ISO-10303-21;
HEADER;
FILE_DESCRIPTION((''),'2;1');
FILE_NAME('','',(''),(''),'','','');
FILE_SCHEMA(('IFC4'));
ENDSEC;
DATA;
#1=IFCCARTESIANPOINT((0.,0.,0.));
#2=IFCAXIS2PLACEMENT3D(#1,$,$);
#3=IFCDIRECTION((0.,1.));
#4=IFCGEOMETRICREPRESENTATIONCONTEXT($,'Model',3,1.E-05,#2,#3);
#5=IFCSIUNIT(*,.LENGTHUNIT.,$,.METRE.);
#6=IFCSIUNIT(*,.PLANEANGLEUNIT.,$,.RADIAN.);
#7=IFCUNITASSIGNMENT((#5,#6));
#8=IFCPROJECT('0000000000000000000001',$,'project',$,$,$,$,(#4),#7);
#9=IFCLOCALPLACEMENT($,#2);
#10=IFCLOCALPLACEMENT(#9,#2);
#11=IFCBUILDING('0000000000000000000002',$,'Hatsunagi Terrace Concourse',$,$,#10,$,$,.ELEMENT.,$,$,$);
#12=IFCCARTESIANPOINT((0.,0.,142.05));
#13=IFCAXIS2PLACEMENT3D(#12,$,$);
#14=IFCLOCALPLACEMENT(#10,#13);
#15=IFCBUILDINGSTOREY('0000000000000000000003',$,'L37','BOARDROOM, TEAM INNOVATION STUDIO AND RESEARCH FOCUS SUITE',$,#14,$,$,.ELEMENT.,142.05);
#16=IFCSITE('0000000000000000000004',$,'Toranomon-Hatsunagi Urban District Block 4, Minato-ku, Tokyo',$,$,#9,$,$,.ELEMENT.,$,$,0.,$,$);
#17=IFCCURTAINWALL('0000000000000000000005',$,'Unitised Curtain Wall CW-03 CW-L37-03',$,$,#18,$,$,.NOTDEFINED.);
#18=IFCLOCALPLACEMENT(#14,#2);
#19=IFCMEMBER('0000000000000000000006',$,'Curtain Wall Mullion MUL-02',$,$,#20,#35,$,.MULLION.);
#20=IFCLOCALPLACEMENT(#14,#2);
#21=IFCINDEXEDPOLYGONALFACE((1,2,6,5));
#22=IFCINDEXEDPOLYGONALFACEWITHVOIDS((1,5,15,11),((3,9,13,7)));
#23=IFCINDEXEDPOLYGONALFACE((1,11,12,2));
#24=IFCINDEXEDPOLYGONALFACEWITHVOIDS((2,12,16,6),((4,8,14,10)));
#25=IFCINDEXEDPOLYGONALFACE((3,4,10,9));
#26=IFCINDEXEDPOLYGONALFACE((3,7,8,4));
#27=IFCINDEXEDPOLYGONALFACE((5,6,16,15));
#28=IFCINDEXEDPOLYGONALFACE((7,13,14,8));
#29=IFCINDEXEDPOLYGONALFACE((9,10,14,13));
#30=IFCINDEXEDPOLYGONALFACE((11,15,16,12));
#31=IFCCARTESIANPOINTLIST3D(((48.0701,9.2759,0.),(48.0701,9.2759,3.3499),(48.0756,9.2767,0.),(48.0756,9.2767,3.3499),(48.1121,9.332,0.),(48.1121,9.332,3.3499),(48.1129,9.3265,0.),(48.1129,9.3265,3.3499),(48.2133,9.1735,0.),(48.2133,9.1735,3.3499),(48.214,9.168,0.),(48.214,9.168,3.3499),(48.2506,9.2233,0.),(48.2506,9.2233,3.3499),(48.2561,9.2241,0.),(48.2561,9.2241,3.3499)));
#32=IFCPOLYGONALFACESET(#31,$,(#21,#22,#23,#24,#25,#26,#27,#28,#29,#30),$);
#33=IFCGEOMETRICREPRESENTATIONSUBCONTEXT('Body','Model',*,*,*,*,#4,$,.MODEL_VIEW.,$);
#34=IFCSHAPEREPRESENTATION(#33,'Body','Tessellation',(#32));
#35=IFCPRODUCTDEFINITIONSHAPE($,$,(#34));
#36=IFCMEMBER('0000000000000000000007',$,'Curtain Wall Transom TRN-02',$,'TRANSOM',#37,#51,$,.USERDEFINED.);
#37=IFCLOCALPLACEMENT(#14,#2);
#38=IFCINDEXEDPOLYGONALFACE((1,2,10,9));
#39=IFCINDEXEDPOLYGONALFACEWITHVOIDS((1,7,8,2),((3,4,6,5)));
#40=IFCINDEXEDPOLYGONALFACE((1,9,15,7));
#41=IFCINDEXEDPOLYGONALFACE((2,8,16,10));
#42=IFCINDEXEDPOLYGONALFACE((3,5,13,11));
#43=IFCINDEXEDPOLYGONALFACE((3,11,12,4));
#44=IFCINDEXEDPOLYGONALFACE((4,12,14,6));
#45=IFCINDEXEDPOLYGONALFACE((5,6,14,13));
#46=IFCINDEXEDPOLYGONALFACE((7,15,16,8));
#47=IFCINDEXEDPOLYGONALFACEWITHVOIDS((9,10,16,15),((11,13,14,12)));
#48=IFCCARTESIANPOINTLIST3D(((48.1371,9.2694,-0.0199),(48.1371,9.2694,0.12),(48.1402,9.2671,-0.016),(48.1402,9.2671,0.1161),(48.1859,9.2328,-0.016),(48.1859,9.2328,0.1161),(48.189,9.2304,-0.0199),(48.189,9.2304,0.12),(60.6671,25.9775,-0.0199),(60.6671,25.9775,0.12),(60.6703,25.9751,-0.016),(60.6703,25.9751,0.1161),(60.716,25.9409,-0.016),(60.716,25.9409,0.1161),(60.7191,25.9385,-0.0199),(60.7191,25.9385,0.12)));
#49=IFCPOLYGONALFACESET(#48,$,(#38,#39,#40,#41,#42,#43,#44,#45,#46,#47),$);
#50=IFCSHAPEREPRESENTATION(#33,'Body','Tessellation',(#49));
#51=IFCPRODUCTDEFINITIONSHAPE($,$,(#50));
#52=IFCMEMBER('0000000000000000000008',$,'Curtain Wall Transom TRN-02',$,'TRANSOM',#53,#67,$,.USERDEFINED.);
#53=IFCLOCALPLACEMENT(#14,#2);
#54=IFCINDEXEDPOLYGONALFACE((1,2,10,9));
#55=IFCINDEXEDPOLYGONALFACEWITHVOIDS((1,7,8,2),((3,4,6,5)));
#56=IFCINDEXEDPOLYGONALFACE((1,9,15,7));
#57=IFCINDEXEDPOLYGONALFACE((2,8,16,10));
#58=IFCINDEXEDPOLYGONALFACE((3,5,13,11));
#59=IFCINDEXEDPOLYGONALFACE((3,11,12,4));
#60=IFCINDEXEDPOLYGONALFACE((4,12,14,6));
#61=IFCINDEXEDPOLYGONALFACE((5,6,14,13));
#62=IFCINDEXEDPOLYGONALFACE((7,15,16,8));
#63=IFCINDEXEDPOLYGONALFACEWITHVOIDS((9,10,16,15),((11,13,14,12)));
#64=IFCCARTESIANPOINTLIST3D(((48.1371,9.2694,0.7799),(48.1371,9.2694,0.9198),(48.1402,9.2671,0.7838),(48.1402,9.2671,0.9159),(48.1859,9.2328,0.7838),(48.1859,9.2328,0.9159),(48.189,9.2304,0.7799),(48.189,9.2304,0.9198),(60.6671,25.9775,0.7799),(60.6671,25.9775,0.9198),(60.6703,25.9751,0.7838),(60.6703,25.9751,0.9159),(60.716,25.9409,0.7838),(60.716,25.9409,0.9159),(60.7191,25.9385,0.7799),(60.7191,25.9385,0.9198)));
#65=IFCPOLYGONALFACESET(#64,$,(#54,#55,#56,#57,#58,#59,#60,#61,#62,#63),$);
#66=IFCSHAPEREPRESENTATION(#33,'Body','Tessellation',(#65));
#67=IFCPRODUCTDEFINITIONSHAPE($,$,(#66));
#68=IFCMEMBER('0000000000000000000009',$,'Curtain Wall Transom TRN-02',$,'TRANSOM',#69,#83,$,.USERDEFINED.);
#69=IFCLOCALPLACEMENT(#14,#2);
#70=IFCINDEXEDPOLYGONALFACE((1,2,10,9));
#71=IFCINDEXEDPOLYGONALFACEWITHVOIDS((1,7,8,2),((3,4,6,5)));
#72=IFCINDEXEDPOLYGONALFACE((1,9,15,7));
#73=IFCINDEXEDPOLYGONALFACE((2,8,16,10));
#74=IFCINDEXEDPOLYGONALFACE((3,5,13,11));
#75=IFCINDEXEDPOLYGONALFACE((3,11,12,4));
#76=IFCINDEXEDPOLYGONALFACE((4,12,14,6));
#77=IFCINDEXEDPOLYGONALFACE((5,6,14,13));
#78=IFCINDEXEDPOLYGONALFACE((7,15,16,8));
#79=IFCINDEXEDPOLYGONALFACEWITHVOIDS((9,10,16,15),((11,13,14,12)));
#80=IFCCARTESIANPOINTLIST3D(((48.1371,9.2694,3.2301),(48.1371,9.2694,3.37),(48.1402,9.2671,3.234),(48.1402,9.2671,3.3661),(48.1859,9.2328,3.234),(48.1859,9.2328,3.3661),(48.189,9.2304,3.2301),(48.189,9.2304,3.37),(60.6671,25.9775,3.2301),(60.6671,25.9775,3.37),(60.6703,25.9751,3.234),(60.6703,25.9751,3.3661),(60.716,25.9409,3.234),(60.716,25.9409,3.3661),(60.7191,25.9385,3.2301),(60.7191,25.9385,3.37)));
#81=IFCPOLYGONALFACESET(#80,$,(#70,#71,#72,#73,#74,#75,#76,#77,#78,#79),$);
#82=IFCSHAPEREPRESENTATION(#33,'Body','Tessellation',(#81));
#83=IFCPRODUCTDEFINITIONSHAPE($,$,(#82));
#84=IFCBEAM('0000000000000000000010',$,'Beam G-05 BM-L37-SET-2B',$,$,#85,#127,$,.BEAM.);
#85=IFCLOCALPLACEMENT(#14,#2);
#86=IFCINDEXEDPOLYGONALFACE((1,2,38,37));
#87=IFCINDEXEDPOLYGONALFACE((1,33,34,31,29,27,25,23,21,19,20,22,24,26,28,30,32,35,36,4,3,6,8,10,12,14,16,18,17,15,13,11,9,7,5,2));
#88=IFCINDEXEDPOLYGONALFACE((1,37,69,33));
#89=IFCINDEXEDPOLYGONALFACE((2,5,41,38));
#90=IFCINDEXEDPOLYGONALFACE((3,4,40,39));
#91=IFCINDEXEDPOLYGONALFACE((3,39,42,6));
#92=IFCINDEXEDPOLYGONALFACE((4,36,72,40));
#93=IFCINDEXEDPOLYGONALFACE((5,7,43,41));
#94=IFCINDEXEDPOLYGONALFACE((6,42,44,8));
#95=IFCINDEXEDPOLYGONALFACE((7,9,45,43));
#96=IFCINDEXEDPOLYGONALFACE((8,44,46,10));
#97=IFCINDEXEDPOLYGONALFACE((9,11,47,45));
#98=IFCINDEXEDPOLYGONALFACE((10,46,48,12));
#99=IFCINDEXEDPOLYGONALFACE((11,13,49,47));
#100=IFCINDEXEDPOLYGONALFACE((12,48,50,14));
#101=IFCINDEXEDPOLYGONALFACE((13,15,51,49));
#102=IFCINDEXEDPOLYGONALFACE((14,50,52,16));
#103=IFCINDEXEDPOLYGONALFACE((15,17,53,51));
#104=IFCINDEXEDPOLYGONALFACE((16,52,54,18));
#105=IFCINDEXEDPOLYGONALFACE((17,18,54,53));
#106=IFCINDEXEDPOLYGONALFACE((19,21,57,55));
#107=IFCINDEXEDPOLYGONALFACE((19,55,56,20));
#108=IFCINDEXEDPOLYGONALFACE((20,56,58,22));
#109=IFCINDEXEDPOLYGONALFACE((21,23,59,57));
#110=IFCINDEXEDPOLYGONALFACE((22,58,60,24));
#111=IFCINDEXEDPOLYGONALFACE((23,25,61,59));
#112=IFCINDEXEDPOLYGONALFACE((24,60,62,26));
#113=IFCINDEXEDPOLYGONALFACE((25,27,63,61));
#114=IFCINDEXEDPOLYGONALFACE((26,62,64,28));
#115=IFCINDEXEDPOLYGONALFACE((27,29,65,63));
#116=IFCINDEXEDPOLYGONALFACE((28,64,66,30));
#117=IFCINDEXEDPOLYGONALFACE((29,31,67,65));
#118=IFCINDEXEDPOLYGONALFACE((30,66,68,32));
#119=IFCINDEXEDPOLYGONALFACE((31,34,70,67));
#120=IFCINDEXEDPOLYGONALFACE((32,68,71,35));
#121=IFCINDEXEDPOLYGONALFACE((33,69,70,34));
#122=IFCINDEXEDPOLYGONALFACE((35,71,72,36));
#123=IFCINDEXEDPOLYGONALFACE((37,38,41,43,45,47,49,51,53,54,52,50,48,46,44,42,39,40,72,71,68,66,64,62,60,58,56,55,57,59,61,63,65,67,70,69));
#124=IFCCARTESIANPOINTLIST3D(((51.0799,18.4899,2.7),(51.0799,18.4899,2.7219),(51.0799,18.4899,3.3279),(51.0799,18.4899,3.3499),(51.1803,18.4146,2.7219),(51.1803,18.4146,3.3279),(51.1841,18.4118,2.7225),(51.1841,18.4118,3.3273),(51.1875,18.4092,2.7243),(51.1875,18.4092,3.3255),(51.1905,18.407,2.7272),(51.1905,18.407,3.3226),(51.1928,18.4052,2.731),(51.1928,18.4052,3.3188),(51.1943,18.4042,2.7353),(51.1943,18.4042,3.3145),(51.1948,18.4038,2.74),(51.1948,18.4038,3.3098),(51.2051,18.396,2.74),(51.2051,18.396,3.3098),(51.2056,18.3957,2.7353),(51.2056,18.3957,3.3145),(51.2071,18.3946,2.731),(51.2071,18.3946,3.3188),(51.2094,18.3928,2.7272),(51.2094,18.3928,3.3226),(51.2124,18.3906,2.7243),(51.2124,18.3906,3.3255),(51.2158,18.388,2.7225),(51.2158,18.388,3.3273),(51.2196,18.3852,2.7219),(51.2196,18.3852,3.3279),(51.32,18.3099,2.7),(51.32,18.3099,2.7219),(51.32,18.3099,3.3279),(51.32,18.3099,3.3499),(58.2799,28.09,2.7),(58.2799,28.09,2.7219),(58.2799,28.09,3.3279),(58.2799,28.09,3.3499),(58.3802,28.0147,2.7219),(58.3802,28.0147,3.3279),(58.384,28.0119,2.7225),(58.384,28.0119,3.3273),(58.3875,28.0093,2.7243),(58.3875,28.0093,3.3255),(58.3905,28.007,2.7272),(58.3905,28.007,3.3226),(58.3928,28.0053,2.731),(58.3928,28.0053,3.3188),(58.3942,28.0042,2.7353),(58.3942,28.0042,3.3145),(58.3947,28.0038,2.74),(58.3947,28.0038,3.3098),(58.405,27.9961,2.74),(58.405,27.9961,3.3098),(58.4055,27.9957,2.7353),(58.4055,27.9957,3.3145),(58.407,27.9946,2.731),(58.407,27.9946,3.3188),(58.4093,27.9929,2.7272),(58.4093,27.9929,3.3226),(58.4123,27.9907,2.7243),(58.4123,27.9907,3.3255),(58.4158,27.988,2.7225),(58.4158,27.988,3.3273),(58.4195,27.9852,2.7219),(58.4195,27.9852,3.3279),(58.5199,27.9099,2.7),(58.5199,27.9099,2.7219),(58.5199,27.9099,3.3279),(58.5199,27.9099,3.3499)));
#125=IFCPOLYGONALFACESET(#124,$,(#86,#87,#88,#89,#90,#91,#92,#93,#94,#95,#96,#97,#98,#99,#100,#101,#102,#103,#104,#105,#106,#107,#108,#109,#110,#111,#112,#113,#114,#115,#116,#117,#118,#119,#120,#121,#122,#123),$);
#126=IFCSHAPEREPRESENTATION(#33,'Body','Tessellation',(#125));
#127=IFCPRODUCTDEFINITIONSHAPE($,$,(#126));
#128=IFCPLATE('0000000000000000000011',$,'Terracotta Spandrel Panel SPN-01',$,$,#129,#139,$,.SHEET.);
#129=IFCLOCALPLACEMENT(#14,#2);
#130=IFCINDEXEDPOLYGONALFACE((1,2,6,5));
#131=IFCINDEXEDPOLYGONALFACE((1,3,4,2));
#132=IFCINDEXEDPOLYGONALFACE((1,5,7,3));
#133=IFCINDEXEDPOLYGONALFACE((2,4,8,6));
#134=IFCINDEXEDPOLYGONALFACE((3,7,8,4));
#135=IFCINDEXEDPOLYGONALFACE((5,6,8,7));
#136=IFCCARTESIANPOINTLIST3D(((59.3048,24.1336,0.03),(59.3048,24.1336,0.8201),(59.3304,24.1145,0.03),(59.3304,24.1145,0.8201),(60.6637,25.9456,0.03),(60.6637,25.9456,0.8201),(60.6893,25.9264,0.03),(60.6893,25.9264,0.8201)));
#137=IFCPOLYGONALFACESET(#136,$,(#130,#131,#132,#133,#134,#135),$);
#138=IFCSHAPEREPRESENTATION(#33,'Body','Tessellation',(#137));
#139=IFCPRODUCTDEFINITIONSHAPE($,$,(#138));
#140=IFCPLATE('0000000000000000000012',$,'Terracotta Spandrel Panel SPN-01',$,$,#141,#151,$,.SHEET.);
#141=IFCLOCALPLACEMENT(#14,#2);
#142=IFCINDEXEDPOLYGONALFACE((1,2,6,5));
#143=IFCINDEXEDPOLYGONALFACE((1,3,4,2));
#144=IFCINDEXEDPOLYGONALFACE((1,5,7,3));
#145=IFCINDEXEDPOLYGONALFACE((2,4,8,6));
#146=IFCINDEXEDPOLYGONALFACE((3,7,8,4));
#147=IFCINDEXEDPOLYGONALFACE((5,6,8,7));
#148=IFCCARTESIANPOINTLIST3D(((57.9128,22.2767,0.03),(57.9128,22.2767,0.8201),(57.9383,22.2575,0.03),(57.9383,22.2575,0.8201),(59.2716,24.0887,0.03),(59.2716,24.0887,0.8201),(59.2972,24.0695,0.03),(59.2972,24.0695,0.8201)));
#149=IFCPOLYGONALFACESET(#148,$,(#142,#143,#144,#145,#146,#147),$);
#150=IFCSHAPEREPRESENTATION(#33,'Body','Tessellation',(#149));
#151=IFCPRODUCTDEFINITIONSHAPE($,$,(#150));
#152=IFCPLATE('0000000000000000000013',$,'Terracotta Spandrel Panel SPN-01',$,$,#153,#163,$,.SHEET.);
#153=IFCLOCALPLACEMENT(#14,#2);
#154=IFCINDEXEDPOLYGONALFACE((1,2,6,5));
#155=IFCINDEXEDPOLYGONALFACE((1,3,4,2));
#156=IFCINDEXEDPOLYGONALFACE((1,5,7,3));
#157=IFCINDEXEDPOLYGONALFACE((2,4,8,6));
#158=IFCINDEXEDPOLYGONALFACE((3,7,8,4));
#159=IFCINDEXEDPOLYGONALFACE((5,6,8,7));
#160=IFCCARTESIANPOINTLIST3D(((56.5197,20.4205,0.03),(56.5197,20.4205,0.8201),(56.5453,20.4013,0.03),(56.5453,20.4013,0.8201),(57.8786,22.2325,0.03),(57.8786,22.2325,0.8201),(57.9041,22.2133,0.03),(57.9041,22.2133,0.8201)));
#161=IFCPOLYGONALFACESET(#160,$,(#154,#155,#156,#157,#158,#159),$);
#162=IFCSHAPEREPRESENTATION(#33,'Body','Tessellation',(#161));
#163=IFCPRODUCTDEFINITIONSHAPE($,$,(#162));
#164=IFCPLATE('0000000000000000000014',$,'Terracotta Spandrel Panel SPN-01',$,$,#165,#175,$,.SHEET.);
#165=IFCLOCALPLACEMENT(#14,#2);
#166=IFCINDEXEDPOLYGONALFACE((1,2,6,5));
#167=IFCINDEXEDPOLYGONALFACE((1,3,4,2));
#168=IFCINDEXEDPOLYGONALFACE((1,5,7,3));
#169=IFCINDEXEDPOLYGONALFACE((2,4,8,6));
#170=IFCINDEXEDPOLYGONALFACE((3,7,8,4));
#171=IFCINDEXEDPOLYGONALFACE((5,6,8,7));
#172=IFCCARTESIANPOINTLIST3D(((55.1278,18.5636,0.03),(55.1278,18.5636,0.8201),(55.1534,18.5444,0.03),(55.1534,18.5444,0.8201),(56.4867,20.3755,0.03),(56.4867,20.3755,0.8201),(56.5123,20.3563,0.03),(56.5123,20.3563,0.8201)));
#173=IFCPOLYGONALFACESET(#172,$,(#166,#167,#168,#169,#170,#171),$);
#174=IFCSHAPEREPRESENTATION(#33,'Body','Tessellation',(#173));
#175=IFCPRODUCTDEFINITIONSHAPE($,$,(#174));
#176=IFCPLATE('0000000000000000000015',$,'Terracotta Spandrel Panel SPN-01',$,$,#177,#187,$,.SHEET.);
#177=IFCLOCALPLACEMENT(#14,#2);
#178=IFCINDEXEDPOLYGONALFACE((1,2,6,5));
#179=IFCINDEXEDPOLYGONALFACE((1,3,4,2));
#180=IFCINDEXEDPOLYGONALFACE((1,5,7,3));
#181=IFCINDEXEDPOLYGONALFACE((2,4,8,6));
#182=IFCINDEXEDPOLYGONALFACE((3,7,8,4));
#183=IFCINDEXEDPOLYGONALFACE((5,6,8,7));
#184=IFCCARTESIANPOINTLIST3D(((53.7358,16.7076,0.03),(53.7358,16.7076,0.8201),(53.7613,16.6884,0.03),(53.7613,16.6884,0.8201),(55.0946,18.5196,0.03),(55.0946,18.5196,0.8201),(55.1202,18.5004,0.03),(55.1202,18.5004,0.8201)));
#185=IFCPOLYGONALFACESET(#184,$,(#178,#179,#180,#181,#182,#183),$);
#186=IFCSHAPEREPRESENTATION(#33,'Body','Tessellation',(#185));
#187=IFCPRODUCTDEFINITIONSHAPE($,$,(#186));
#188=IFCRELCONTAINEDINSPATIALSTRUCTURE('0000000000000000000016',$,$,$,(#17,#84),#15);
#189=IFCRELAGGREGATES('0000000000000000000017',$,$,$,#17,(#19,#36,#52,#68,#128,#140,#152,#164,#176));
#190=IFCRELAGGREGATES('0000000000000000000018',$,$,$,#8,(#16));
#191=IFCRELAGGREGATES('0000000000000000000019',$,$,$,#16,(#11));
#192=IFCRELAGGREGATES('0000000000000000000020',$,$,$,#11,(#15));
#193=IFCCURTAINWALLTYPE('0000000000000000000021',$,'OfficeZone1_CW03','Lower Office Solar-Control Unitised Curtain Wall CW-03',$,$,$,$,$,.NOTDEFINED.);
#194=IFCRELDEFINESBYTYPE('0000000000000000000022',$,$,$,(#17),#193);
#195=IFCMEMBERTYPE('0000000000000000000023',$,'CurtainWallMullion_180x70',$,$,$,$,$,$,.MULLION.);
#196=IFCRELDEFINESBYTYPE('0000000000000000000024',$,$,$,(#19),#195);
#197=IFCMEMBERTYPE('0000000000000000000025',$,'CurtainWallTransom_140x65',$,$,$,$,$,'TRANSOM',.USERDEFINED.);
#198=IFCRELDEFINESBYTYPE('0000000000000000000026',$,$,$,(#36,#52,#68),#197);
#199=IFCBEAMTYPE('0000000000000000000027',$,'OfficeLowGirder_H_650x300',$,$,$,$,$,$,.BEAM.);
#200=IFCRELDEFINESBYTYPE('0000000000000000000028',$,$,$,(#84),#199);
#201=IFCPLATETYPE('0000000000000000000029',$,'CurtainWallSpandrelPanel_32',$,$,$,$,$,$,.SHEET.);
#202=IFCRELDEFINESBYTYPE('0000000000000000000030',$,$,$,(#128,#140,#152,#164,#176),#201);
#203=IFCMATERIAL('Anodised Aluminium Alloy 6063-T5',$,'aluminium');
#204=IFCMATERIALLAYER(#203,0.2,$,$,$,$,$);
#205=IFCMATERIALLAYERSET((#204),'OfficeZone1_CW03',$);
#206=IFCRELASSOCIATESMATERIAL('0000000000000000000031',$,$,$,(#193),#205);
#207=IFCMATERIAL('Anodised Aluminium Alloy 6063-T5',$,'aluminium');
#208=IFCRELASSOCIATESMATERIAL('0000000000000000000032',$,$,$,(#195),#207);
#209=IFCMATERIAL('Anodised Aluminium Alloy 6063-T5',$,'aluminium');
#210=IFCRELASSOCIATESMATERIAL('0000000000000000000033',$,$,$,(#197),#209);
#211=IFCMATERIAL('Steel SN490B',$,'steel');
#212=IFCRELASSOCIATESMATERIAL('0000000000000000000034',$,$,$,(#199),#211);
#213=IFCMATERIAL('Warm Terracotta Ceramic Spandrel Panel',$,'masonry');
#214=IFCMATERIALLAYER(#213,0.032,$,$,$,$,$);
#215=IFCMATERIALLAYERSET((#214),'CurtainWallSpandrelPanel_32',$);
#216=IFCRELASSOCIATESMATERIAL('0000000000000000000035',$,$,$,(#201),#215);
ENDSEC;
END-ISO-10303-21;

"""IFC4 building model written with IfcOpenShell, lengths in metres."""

from ifc_helpers import new_model, si_unit, direction, frame, origin, origin_2d, place, context, subcontext, project, spatial, rectangle, hollow_rectangle, i_section, extrude, material, layer, layer_set, material_profile, profile_set, type_object, element, aggregate, save


model = new_model("IFC4")

# Units and contexts
model_context = context("Model", 3, precision=1e-05, world=origin(), true_north=direction((0.0, 1.0)))
body_context = subcontext(model_context, "Body", "Model", "MODEL_VIEW")
ifc_project = project(units=[si_unit("LENGTHUNIT", "METRE"), si_unit("PLANEANGLEUNIT", "RADIAN")], contexts=[model_context])

# Site, building, storey
site_placement = place(None, origin())
site = spatial("IfcSite", under=ifc_project, at=site_placement, Name="Toranomon-Hatsunagi Urban District Block 4, Minato-ku, Tokyo", CompositionType="ELEMENT", RefElevation=0.0)
building_placement = place(site_placement, origin())
building = spatial("IfcBuilding", under=site, at=building_placement, Name="Hatsunagi Terrace Concourse", CompositionType="ELEMENT")
storey_placement = place(building_placement, frame((0.0, 0.0, 142.05)))
storey = spatial("IfcBuildingStorey", under=building, at=storey_placement, Name="L37", Description="BOARDROOM, TEAM INNOVATION STUDIO AND RESEARCH FOCUS SUITE", CompositionType="ELEMENT", Elevation=142.05)

# Curtain wall, members
ifc_material_1 = material(Name="Anodised Aluminium Alloy 6063-T5", Category="aluminium")
ifc_layer_1 = layer(ifc_material_1, 0.2)
ifc_layer_set_1 = layer_set([ifc_layer_1], Name="OfficeZone1_CW03")
curtain_wall_type = type_object("IfcCurtainWallType", Name="OfficeZone1_CW03", Description="Lower Office Solar-Control Unitised Curtain Wall CW-03", PredefinedType="NOTDEFINED", material=ifc_layer_set_1)
curtain_wall_placement = place(storey_placement, origin())
curtain_wall = element("IfcCurtainWall", 1, at=curtain_wall_placement, inside=storey, type_object=curtain_wall_type, Name="Unitised Curtain Wall CW-03 CW-L37-03", PredefinedType="NOTDEFINED")
ifc_material_2 = material(Name="Anodised Aluminium Alloy 6063-T5", Category="aluminium")
ifc_material_profile_1 = material_profile(ifc_material_2, hollow_rectangle(XDim=0.0701, YDim=0.1799, WallThickness=0.0039, at=origin_2d()), Name="ALU-MUL-180x70x4")
ifc_profile_set_1 = profile_set([ifc_material_profile_1], Name="Anodised Aluminium Alloy 6063-T5")
member_type_1 = type_object("IfcMemberType", Name="CurtainWallMullion_180x70", PredefinedType="MULLION", material=ifc_profile_set_1)
member_1_placement = place(storey_placement, frame((48.1631, 9.25, 0.0), z_axis=(0.0, 0.0, 1.0), x_axis=(-0.599969, -0.800023, 0.0)))
member_1 = element("IfcMember", 2, at=member_1_placement, type_object=member_type_1, Name="Curtain Wall Mullion MUL-02", PredefinedType="MULLION", context=body_context, shape_type="SweptSolid", body=[
    extrude(hollow_rectangle(XDim=0.0701, YDim=0.1799, WallThickness=0.0039, at=origin_2d()), origin(), (0.0, 0.0, 1.0), 3.3499),
])
ifc_material_3 = material(Name="Anodised Aluminium Alloy 6063-T5", Category="aluminium")
ifc_material_profile_2 = material_profile(ifc_material_3, hollow_rectangle(XDim=0.0649, YDim=0.1399, WallThickness=0.0039, at=origin_2d()), Name="ALU-TRN-140x65x4")
ifc_profile_set_2 = profile_set([ifc_material_profile_2], Name="Anodised Aluminium Alloy 6063-T5")
member_type_2 = type_object("IfcMemberType", Name="CurtainWallTransom_140x65", ElementType="TRANSOM", PredefinedType="USERDEFINED", material=ifc_profile_set_2)
member_2_placement = place(storey_placement, frame((60.6931, 25.958, 0.05), z_axis=(-0.59997, -0.800022, 0.0), x_axis=(0.800022, -0.59997, 0.0)))
member_2 = element("IfcMember", 3, at=member_2_placement, type_object=member_type_2, Name="Curtain Wall Transom TRN-02", ObjectType="TRANSOM", PredefinedType="USERDEFINED", context=body_context, shape_type="SweptSolid", body=[
    extrude(hollow_rectangle(XDim=0.0649, YDim=0.1399, WallThickness=0.0039, at=origin_2d()), origin(), (0.0, 0.0, 1.0), 20.8845),
])
member_3_placement = place(storey_placement, frame((60.6931, 25.958, 0.8499), z_axis=(-0.59997, -0.800022, 0.0), x_axis=(0.800022, -0.59997, 0.0)))
member_3 = element("IfcMember", 4, at=member_3_placement, type_object=member_type_2, Name="Curtain Wall Transom TRN-02", ObjectType="TRANSOM", PredefinedType="USERDEFINED", context=body_context, shape_type="SweptSolid", body=[
    extrude(hollow_rectangle(XDim=0.0649, YDim=0.1399, WallThickness=0.0039, at=origin_2d()), origin(), (0.0, 0.0, 1.0), 20.8845),
])
member_4_placement = place(storey_placement, frame((60.6931, 25.958, 3.3), z_axis=(-0.59997, -0.800022, 0.0), x_axis=(0.800022, -0.59997, 0.0)))
member_4 = element("IfcMember", 5, at=member_4_placement, type_object=member_type_2, Name="Curtain Wall Transom TRN-02", ObjectType="TRANSOM", PredefinedType="USERDEFINED", context=body_context, shape_type="SweptSolid", body=[
    extrude(hollow_rectangle(XDim=0.0649, YDim=0.1399, WallThickness=0.0039, at=origin_2d()), origin(), (0.0, 0.0, 1.0), 20.8845),
])

# Beam
ifc_material_4 = material(Name="Steel SN490B", Category="steel")
ifc_material_profile_3 = material_profile(ifc_material_4, i_section(OverallWidth=0.3, OverallDepth=0.6499, WebThickness=0.0129, FlangeThickness=0.022, FilletRadius=0.0181, at=origin_2d()), Name="H-650x300x13x22")
ifc_profile_set_3 = profile_set([ifc_material_profile_3], Name="Steel SN490B")
beam_type = type_object("IfcBeamType", Name="OfficeLowGirder_H_650x300", PredefinedType="BEAM", material=ifc_profile_set_3)
beam_placement = place(storey_placement, frame((51.2, 18.3999, 3.0249), z_axis=(0.599993, 0.800005, 0.0), x_axis=(-0.800005, 0.599993, 0.0)))
element("IfcBeam", 6, at=beam_placement, inside=storey, type_object=beam_type, Name="Beam G-05 BM-L37-SET-2B", PredefinedType="BEAM", context=body_context, shape_type="SweptSolid", body=[
    extrude(i_section(OverallWidth=0.3, OverallDepth=0.6499, WebThickness=0.0129, FlangeThickness=0.022, FilletRadius=0.0181, at=origin_2d()), origin(), (0.0, 0.0, 1.0), 12.0),
])

# Plates
ifc_material_5 = material(Name="Warm Terracotta Ceramic Spandrel Panel", Category="masonry")
ifc_layer_2 = layer(ifc_material_5, 0.032)
ifc_layer_set_2 = layer_set([ifc_layer_2], Name="CurtainWallSpandrelPanel_32")
plate_type_1 = type_object("IfcPlateType", Name="CurtainWallSpandrelPanel_32", PredefinedType="SHEET", material=ifc_layer_set_2)
plate_1_placement = place(storey_placement, frame((59.9971, 25.03, 0.03), z_axis=(0.0, 0.0, 1.0), x_axis=(-0.599969, -0.800023, 0.0)))
plate_1 = element("IfcPlate", 7, at=plate_1_placement, type_object=plate_type_1, Name="Terracotta Spandrel Panel SPN-01", PredefinedType="SHEET", context=body_context, shape_type="SweptSolid", body=[
    extrude(rectangle(XDim=2.2649, YDim=0.032, at=origin_2d()), origin(), (0.0, 0.0, 1.0), 0.79),
])
plate_2_placement = place(storey_placement, frame((58.605, 23.1731, 0.03), z_axis=(0.0, 0.0, 1.0), x_axis=(-0.599969, -0.800023, 0.0)))
plate_2 = element("IfcPlate", 8, at=plate_2_placement, type_object=plate_type_1, Name="Terracotta Spandrel Panel SPN-01", PredefinedType="SHEET", context=body_context, shape_type="SweptSolid", body=[
    extrude(rectangle(XDim=2.2649, YDim=0.032, at=origin_2d()), origin(), (0.0, 0.0, 1.0), 0.79),
])
plate_3_placement = place(storey_placement, frame((57.2119, 21.3169, 0.03), z_axis=(0.0, 0.0, 1.0), x_axis=(-0.599969, -0.800023, 0.0)))
plate_3 = element("IfcPlate", 9, at=plate_3_placement, type_object=plate_type_1, Name="Terracotta Spandrel Panel SPN-01", PredefinedType="SHEET", context=body_context, shape_type="SweptSolid", body=[
    extrude(rectangle(XDim=2.2649, YDim=0.032, at=origin_2d()), origin(), (0.0, 0.0, 1.0), 0.79),
])
plate_4_placement = place(storey_placement, frame((55.8201, 19.46, 0.03), z_axis=(0.0, 0.0, 1.0), x_axis=(-0.599969, -0.800023, 0.0)))
plate_4 = element("IfcPlate", 10, at=plate_4_placement, type_object=plate_type_1, Name="Terracotta Spandrel Panel SPN-01", PredefinedType="SHEET", context=body_context, shape_type="SweptSolid", body=[
    extrude(rectangle(XDim=2.2649, YDim=0.032, at=origin_2d()), origin(), (0.0, 0.0, 1.0), 0.79),
])
plate_5_placement = place(storey_placement, frame((54.428, 17.604, 0.03), z_axis=(0.0, 0.0, 1.0), x_axis=(-0.599969, -0.800023, 0.0)))
plate_5 = element("IfcPlate", 11, at=plate_5_placement, type_object=plate_type_1, Name="Terracotta Spandrel Panel SPN-01", PredefinedType="SHEET", context=body_context, shape_type="SweptSolid", body=[
    extrude(rectangle(XDim=2.2649, YDim=0.032, at=origin_2d()), origin(), (0.0, 0.0, 1.0), 0.79),
])
aggregate(curtain_wall, [member_1, member_2, member_3, member_4, plate_1, plate_2, plate_3, plate_4, plate_5])

save(model, "model.ifc")
